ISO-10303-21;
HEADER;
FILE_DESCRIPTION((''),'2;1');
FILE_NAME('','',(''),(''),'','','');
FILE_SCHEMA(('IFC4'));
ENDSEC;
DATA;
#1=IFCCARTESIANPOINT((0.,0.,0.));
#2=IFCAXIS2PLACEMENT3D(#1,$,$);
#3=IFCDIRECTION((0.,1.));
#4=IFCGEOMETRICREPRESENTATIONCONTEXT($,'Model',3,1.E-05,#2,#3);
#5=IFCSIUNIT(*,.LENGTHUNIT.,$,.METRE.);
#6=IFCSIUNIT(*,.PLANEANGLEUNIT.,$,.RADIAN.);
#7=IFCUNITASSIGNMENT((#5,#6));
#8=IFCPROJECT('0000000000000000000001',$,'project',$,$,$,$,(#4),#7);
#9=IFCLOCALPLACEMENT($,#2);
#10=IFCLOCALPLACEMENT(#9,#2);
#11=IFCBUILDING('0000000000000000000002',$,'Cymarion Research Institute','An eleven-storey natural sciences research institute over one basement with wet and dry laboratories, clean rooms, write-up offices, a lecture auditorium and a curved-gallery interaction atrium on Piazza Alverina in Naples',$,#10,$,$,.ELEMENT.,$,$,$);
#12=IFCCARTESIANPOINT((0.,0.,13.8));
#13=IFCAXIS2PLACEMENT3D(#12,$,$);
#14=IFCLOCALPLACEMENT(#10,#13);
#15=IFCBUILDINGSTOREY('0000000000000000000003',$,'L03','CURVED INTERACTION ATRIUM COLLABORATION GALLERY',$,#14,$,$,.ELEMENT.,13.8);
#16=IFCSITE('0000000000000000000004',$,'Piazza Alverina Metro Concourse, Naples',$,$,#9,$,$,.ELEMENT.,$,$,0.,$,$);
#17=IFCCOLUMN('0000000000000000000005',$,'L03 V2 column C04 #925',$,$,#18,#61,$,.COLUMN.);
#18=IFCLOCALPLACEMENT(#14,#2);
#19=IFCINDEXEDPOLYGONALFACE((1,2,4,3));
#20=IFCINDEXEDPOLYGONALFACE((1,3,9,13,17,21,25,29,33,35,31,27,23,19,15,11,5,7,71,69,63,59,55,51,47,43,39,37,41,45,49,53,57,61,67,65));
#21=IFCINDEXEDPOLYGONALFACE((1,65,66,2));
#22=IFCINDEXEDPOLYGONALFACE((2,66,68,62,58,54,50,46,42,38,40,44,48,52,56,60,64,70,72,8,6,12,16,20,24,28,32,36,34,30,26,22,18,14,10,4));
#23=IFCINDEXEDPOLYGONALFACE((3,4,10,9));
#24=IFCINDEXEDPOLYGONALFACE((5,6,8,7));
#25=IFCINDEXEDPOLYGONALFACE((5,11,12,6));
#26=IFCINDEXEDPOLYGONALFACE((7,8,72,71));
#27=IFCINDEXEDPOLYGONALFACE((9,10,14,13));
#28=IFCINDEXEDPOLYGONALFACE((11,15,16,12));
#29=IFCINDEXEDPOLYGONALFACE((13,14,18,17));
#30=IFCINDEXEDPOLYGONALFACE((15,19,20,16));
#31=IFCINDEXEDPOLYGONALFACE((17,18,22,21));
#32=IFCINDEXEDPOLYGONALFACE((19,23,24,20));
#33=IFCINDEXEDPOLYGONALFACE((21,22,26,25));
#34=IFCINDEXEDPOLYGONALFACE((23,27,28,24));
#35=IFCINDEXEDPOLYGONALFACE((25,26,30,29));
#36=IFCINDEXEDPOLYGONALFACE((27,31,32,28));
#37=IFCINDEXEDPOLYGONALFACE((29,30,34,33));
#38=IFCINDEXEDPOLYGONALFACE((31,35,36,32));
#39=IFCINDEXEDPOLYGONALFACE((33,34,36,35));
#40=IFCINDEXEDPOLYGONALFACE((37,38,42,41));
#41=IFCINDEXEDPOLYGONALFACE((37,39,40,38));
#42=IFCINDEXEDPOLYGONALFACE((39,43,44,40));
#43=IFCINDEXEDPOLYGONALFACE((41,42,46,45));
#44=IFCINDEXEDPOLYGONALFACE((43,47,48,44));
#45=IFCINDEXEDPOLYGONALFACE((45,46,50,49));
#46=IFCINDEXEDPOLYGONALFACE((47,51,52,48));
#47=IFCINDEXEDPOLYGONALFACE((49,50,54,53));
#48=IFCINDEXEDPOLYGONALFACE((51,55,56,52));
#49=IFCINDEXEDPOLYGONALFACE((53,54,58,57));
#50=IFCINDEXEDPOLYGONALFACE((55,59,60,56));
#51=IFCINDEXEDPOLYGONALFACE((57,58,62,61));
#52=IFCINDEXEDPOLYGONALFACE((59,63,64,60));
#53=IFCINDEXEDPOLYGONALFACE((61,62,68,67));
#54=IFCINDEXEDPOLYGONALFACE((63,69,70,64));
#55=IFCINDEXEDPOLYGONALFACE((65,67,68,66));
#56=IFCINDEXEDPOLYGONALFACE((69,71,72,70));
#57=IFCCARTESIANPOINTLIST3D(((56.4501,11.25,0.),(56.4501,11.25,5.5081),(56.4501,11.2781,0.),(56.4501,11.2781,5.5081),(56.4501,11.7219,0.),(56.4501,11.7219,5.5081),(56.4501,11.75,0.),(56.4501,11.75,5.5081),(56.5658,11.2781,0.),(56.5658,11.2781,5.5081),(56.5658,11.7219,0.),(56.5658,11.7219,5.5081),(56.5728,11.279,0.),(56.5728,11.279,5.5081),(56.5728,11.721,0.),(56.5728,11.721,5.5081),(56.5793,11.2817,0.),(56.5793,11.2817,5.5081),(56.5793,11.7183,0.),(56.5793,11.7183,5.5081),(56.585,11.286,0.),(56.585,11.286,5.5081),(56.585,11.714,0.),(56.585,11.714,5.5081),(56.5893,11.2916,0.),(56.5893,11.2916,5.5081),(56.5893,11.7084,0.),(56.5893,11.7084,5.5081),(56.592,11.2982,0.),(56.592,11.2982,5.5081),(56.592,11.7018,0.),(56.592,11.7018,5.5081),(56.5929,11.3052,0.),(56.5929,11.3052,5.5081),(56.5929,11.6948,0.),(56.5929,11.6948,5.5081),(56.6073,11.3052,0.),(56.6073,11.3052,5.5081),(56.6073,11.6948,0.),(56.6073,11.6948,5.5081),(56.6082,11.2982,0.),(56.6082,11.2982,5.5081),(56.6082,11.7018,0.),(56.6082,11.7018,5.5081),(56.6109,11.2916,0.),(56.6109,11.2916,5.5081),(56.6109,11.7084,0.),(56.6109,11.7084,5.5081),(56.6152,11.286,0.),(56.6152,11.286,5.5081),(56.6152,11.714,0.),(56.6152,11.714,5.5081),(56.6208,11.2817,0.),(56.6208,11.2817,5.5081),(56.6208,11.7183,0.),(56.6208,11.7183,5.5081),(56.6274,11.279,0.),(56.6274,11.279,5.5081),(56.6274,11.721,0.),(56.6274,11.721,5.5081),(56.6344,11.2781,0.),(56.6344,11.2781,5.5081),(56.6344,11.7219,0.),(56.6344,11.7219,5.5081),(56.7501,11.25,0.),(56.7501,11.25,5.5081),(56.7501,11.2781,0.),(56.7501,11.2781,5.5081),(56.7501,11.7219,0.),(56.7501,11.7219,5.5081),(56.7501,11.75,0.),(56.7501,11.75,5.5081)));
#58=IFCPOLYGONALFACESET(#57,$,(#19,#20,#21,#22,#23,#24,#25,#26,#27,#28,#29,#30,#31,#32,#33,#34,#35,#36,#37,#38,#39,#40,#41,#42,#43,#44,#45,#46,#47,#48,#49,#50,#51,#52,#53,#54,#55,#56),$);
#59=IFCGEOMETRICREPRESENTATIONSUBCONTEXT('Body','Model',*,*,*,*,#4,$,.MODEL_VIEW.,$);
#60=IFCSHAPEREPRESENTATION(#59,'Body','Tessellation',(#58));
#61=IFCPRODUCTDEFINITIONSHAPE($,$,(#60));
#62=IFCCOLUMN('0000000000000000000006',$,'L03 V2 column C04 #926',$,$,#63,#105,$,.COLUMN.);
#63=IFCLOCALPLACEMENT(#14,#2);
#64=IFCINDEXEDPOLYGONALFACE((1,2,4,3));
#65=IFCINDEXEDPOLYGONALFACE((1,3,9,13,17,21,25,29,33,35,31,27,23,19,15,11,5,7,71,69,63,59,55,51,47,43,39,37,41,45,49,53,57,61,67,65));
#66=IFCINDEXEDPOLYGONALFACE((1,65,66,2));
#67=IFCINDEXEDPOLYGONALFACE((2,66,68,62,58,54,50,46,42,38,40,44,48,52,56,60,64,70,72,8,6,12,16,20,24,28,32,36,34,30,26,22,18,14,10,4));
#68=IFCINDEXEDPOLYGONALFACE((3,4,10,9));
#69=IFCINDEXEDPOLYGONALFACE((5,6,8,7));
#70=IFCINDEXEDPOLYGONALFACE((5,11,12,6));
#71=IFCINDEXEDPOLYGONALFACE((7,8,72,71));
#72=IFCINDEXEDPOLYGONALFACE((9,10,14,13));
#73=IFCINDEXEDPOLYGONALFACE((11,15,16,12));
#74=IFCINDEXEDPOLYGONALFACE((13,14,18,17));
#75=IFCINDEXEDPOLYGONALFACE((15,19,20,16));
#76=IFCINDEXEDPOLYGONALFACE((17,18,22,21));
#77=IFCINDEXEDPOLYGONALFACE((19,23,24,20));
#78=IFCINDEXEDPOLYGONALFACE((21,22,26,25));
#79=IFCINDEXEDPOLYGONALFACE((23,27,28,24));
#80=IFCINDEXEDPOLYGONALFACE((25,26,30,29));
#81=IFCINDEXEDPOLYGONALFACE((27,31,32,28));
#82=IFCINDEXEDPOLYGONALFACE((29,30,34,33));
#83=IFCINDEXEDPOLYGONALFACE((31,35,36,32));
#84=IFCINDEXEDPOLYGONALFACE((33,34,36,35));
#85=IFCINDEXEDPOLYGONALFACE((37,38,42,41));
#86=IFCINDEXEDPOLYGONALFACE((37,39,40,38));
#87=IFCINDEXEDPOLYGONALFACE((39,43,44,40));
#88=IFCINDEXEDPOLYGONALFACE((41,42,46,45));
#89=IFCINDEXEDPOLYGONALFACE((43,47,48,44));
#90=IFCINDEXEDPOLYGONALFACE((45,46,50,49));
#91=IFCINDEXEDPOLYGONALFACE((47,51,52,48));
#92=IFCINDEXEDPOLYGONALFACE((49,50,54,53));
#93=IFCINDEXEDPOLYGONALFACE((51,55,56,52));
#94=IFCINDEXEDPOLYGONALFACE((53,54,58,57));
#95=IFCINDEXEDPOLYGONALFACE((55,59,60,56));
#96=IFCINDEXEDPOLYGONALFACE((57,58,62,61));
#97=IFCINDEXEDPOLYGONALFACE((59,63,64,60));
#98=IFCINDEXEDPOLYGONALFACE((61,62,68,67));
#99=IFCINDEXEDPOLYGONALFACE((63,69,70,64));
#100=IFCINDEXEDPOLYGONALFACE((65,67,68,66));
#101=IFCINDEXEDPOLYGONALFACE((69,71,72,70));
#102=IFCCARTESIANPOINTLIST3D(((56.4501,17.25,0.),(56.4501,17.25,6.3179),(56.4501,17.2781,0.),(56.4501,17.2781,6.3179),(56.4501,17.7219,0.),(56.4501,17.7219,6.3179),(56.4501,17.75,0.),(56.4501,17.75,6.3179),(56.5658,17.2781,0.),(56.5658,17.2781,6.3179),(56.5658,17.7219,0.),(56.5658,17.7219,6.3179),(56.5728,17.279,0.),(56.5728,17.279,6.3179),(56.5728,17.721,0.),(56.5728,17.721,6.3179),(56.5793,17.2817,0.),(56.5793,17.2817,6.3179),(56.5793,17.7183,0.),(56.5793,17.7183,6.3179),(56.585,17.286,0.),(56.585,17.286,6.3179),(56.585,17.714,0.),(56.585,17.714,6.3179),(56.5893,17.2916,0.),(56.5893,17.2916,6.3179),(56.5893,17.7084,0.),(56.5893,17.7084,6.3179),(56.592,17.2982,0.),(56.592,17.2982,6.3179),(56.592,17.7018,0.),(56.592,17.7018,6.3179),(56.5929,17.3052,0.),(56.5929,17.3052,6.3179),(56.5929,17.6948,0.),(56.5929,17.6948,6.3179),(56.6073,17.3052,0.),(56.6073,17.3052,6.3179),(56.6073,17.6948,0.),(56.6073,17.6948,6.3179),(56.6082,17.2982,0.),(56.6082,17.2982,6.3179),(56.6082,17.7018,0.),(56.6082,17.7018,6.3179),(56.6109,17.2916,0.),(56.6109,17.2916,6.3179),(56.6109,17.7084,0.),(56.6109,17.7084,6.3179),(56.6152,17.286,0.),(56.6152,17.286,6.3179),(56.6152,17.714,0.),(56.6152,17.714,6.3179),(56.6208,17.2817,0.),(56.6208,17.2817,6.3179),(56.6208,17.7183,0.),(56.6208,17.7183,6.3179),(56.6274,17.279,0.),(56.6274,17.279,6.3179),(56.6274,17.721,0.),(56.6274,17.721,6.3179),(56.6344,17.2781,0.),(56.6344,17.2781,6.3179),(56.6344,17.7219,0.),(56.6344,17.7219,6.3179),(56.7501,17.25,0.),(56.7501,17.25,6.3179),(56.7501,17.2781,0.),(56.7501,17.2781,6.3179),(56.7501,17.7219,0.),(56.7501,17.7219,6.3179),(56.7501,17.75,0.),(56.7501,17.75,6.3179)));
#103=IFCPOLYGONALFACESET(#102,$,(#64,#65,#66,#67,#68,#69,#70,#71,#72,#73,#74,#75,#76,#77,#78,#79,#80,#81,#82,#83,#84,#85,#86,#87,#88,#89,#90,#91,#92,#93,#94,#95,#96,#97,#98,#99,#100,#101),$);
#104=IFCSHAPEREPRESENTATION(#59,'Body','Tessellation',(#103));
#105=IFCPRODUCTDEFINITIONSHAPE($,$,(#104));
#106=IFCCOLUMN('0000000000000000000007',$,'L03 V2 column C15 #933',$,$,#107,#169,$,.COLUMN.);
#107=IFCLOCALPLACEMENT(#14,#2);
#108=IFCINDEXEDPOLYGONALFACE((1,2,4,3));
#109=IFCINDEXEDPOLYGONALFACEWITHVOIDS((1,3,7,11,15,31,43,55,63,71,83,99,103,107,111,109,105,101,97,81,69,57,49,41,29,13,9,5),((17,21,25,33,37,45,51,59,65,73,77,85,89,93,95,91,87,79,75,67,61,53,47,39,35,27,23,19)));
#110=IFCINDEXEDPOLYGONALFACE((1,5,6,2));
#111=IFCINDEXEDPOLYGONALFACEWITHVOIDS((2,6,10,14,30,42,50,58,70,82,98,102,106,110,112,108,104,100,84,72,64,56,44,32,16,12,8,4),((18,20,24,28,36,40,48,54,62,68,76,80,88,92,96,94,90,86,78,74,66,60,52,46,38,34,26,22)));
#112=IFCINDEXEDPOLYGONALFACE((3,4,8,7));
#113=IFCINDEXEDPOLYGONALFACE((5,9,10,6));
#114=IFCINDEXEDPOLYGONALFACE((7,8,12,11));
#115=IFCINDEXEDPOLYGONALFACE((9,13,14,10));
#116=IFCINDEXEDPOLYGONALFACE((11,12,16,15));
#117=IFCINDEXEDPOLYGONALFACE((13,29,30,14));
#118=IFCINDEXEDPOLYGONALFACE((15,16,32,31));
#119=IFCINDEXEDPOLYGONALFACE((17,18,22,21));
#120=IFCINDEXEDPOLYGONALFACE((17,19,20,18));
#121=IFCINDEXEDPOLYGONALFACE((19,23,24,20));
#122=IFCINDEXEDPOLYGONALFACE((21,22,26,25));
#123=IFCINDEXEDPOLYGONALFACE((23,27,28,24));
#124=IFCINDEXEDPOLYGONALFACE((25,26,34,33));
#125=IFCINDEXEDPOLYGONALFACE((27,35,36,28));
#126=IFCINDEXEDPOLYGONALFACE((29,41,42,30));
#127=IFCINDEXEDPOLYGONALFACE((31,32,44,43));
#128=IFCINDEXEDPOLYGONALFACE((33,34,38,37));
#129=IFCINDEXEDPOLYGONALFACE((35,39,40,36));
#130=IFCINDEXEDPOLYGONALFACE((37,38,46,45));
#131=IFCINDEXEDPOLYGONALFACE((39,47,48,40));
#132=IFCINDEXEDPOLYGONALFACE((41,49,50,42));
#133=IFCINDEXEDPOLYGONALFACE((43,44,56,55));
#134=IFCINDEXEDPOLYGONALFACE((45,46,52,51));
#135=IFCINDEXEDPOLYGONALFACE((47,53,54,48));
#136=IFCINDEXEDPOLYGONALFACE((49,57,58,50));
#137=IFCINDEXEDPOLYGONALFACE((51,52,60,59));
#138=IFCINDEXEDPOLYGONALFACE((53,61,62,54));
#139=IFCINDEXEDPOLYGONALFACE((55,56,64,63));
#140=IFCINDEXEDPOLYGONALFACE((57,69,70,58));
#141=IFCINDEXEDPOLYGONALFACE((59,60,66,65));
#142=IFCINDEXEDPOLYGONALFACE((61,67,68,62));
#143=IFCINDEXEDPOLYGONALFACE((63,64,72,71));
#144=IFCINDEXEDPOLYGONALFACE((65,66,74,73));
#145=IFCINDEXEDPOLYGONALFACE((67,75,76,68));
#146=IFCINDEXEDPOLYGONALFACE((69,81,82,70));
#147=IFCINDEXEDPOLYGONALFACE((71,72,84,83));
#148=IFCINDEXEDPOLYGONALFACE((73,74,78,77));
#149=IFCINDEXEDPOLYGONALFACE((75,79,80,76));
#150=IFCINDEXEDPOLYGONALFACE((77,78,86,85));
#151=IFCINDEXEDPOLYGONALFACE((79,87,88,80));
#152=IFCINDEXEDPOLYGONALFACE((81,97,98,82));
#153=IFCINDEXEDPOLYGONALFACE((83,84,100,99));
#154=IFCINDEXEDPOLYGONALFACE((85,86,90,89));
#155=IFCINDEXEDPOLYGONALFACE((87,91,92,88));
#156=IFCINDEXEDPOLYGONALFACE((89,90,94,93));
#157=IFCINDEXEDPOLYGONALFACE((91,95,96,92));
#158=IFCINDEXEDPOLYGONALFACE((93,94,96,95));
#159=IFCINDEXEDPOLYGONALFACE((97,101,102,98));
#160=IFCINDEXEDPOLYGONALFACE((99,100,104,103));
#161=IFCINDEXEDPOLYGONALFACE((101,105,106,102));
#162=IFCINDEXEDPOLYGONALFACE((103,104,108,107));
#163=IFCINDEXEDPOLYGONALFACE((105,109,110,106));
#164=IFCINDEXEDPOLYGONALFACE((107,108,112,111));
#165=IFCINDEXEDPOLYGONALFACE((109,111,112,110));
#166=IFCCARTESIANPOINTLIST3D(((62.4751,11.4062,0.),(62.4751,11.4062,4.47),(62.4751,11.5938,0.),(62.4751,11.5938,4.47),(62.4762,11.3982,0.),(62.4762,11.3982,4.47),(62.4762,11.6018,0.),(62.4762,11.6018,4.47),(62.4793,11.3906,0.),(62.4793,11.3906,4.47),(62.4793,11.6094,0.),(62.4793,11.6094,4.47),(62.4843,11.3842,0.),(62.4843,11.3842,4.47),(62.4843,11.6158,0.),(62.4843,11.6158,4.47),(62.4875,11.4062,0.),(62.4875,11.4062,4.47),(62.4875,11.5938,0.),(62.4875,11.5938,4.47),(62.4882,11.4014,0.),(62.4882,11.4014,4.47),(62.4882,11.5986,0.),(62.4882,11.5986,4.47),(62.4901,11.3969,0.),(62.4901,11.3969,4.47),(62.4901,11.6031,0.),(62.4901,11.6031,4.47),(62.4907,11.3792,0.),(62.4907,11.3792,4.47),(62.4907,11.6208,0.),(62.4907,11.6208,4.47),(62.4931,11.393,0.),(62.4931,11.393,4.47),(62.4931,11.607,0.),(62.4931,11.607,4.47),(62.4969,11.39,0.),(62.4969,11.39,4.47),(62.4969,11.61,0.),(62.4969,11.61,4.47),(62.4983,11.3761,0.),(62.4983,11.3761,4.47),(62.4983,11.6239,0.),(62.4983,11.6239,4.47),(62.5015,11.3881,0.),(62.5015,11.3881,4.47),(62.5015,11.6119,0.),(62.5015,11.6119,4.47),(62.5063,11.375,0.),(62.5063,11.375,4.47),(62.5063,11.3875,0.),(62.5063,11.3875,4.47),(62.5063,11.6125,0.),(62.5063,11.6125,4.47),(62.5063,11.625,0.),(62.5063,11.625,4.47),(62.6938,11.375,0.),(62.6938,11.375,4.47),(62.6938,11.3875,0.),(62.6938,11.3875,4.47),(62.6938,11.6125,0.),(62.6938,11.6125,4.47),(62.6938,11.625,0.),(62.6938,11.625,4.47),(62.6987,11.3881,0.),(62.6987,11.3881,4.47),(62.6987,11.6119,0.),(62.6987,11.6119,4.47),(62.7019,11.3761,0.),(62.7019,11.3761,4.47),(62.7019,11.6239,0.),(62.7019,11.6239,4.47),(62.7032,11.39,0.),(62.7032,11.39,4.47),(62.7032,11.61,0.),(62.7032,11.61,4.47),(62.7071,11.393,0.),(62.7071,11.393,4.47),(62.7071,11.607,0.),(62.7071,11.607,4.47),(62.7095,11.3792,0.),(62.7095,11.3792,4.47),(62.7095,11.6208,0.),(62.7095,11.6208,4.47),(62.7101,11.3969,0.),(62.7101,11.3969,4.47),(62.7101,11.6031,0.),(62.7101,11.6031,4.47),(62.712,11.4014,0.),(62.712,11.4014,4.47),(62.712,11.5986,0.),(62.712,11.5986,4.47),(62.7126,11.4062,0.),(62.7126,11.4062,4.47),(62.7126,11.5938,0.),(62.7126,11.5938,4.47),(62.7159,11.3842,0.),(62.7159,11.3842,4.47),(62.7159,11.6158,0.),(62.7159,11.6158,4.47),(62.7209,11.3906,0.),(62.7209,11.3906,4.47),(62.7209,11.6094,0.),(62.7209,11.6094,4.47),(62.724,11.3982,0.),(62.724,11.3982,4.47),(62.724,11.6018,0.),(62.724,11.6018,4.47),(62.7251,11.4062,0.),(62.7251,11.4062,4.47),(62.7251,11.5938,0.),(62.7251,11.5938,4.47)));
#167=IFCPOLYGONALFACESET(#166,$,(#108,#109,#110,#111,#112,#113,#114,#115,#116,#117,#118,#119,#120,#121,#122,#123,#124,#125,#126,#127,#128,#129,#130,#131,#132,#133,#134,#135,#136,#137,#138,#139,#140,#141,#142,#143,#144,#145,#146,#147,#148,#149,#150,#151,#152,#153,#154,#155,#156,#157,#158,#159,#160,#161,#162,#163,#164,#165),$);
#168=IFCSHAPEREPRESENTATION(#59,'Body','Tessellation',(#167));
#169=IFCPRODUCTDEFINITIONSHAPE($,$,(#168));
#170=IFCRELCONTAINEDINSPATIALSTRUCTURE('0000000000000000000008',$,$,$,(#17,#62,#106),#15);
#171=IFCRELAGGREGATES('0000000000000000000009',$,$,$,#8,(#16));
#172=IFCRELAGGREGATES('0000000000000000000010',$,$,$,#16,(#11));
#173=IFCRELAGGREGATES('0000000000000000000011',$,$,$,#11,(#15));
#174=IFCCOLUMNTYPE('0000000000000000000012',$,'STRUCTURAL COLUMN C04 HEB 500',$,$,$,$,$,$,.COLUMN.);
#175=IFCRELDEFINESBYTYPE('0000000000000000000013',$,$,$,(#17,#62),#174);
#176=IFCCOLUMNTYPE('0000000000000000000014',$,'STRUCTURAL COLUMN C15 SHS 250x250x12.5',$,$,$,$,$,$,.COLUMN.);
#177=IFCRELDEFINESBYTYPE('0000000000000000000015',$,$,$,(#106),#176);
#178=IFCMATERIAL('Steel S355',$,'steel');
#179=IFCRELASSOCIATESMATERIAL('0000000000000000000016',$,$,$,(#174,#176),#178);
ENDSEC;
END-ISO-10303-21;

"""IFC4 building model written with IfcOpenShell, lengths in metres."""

from ifc_helpers import new_model, si_unit, direction, frame, origin, origin_2d, place, context, subcontext, project, spatial, hollow_rectangle, i_section, extrude, material, material_profile, profile_set, type_object, element, save


model = new_model("IFC4")

# Units and contexts
model_context = context("Model", 3, precision=1e-05, world=origin(), true_north=direction((0.0, 1.0)))
body_context = subcontext(model_context, "Body", "Model", "MODEL_VIEW")
ifc_project = project(units=[si_unit("LENGTHUNIT", "METRE"), si_unit("PLANEANGLEUNIT", "RADIAN")], contexts=[model_context])

# Site, building, storey
site_placement = place(None, origin())
site = spatial("IfcSite", under=ifc_project, at=site_placement, Name="Piazza Alverina Metro Concourse, Naples", CompositionType="ELEMENT", RefElevation=0.0)
building_placement = place(site_placement, origin())
building = spatial("IfcBuilding", under=site, at=building_placement, Name="Cymarion Research Institute", Description="An eleven-storey natural sciences research institute over one basement with wet and dry laboratories, clean rooms, write-up offices, a lecture auditorium and a curved-gallery interaction atrium on Piazza Alverina in Naples", CompositionType="ELEMENT")
storey_placement = place(building_placement, frame((0.0, 0.0, 13.8)))
storey = spatial("IfcBuildingStorey", under=building, at=storey_placement, Name="L03", Description="CURVED INTERACTION ATRIUM COLLABORATION GALLERY", CompositionType="ELEMENT", Elevation=13.8)

# Columns
ifc_material_1 = material(Name="Steel S355", Category="steel")
ifc_material_profile_1 = material_profile(ifc_material_1, i_section(OverallWidth=0.3, OverallDepth=0.5, WebThickness=0.0144, FlangeThickness=0.0281, FilletRadius=0.0271, at=origin_2d()), Name="HEB 500")
ifc_profile_set_1 = profile_set([ifc_material_profile_1], Name="Steel S355")
column_type_1 = type_object("IfcColumnType", Name="STRUCTURAL COLUMN C04 HEB 500", PredefinedType="COLUMN", material=ifc_profile_set_1)
column_1_placement = place(storey_placement, frame((56.6001, 11.5, 0.0), z_axis=(0.0, 0.0, 1.0), x_axis=(1.0, 0.0, 0.0)))
element("IfcColumn", 1, at=column_1_placement, inside=storey, type_object=column_type_1, Name="L03 V2 column C04 #925", PredefinedType="COLUMN", context=body_context, shape_type="SweptSolid", body=[
    extrude(i_section(OverallWidth=0.3, OverallDepth=0.5, WebThickness=0.0144, FlangeThickness=0.0281, FilletRadius=0.0271, at=origin_2d()), origin(), (0.0, 0.0, 1.0), 5.5081),
])
column_2_placement = place(storey_placement, frame((56.6001, 17.5, 0.0), z_axis=(0.0, 0.0, 1.0), x_axis=(1.0, 0.0, 0.0)))
element("IfcColumn", 2, at=column_2_placement, inside=storey, type_object=column_type_1, Name="L03 V2 column C04 #926", PredefinedType="COLUMN", context=body_context, shape_type="SweptSolid", body=[
    extrude(i_section(OverallWidth=0.3, OverallDepth=0.5, WebThickness=0.0144, FlangeThickness=0.0281, FilletRadius=0.0271, at=origin_2d()), origin(), (0.0, 0.0, 1.0), 6.3179),
])
ifc_material_profile_2 = material_profile(ifc_material_1, hollow_rectangle(XDim=0.25, YDim=0.25, WallThickness=0.0125, InnerFilletRadius=0.0188, OuterFilletRadius=0.0312, at=origin_2d()), Name="SHS 250x250x12.5")
ifc_profile_set_2 = profile_set([ifc_material_profile_2], Name="Steel S355")
column_type_2 = type_object("IfcColumnType", Name="STRUCTURAL COLUMN C15 SHS 250x250x12.5", PredefinedType="COLUMN", material=ifc_profile_set_2)
for number, where, z_axis, x_axis, name in (
    (3, (62.6001, 11.5, 0.0), (0.0, 0.0, 1.0), (1.0, 0.0, 0.0), "L03 V2 column C15 #933"),
):
    element("IfcColumn", number, at=place(storey_placement, frame(where, z_axis=z_axis, x_axis=x_axis)), inside=storey, type_object=column_type_2, Name=name, PredefinedType="COLUMN", context=body_context, shape_type="SweptSolid", body=[
        extrude(hollow_rectangle(XDim=0.25, YDim=0.25, WallThickness=0.0125, InnerFilletRadius=0.0188, OuterFilletRadius=0.0312, at=origin_2d()), origin(), (0.0, 0.0, 1.0), 4.47),
    ])

save(model, "model.ifc")
